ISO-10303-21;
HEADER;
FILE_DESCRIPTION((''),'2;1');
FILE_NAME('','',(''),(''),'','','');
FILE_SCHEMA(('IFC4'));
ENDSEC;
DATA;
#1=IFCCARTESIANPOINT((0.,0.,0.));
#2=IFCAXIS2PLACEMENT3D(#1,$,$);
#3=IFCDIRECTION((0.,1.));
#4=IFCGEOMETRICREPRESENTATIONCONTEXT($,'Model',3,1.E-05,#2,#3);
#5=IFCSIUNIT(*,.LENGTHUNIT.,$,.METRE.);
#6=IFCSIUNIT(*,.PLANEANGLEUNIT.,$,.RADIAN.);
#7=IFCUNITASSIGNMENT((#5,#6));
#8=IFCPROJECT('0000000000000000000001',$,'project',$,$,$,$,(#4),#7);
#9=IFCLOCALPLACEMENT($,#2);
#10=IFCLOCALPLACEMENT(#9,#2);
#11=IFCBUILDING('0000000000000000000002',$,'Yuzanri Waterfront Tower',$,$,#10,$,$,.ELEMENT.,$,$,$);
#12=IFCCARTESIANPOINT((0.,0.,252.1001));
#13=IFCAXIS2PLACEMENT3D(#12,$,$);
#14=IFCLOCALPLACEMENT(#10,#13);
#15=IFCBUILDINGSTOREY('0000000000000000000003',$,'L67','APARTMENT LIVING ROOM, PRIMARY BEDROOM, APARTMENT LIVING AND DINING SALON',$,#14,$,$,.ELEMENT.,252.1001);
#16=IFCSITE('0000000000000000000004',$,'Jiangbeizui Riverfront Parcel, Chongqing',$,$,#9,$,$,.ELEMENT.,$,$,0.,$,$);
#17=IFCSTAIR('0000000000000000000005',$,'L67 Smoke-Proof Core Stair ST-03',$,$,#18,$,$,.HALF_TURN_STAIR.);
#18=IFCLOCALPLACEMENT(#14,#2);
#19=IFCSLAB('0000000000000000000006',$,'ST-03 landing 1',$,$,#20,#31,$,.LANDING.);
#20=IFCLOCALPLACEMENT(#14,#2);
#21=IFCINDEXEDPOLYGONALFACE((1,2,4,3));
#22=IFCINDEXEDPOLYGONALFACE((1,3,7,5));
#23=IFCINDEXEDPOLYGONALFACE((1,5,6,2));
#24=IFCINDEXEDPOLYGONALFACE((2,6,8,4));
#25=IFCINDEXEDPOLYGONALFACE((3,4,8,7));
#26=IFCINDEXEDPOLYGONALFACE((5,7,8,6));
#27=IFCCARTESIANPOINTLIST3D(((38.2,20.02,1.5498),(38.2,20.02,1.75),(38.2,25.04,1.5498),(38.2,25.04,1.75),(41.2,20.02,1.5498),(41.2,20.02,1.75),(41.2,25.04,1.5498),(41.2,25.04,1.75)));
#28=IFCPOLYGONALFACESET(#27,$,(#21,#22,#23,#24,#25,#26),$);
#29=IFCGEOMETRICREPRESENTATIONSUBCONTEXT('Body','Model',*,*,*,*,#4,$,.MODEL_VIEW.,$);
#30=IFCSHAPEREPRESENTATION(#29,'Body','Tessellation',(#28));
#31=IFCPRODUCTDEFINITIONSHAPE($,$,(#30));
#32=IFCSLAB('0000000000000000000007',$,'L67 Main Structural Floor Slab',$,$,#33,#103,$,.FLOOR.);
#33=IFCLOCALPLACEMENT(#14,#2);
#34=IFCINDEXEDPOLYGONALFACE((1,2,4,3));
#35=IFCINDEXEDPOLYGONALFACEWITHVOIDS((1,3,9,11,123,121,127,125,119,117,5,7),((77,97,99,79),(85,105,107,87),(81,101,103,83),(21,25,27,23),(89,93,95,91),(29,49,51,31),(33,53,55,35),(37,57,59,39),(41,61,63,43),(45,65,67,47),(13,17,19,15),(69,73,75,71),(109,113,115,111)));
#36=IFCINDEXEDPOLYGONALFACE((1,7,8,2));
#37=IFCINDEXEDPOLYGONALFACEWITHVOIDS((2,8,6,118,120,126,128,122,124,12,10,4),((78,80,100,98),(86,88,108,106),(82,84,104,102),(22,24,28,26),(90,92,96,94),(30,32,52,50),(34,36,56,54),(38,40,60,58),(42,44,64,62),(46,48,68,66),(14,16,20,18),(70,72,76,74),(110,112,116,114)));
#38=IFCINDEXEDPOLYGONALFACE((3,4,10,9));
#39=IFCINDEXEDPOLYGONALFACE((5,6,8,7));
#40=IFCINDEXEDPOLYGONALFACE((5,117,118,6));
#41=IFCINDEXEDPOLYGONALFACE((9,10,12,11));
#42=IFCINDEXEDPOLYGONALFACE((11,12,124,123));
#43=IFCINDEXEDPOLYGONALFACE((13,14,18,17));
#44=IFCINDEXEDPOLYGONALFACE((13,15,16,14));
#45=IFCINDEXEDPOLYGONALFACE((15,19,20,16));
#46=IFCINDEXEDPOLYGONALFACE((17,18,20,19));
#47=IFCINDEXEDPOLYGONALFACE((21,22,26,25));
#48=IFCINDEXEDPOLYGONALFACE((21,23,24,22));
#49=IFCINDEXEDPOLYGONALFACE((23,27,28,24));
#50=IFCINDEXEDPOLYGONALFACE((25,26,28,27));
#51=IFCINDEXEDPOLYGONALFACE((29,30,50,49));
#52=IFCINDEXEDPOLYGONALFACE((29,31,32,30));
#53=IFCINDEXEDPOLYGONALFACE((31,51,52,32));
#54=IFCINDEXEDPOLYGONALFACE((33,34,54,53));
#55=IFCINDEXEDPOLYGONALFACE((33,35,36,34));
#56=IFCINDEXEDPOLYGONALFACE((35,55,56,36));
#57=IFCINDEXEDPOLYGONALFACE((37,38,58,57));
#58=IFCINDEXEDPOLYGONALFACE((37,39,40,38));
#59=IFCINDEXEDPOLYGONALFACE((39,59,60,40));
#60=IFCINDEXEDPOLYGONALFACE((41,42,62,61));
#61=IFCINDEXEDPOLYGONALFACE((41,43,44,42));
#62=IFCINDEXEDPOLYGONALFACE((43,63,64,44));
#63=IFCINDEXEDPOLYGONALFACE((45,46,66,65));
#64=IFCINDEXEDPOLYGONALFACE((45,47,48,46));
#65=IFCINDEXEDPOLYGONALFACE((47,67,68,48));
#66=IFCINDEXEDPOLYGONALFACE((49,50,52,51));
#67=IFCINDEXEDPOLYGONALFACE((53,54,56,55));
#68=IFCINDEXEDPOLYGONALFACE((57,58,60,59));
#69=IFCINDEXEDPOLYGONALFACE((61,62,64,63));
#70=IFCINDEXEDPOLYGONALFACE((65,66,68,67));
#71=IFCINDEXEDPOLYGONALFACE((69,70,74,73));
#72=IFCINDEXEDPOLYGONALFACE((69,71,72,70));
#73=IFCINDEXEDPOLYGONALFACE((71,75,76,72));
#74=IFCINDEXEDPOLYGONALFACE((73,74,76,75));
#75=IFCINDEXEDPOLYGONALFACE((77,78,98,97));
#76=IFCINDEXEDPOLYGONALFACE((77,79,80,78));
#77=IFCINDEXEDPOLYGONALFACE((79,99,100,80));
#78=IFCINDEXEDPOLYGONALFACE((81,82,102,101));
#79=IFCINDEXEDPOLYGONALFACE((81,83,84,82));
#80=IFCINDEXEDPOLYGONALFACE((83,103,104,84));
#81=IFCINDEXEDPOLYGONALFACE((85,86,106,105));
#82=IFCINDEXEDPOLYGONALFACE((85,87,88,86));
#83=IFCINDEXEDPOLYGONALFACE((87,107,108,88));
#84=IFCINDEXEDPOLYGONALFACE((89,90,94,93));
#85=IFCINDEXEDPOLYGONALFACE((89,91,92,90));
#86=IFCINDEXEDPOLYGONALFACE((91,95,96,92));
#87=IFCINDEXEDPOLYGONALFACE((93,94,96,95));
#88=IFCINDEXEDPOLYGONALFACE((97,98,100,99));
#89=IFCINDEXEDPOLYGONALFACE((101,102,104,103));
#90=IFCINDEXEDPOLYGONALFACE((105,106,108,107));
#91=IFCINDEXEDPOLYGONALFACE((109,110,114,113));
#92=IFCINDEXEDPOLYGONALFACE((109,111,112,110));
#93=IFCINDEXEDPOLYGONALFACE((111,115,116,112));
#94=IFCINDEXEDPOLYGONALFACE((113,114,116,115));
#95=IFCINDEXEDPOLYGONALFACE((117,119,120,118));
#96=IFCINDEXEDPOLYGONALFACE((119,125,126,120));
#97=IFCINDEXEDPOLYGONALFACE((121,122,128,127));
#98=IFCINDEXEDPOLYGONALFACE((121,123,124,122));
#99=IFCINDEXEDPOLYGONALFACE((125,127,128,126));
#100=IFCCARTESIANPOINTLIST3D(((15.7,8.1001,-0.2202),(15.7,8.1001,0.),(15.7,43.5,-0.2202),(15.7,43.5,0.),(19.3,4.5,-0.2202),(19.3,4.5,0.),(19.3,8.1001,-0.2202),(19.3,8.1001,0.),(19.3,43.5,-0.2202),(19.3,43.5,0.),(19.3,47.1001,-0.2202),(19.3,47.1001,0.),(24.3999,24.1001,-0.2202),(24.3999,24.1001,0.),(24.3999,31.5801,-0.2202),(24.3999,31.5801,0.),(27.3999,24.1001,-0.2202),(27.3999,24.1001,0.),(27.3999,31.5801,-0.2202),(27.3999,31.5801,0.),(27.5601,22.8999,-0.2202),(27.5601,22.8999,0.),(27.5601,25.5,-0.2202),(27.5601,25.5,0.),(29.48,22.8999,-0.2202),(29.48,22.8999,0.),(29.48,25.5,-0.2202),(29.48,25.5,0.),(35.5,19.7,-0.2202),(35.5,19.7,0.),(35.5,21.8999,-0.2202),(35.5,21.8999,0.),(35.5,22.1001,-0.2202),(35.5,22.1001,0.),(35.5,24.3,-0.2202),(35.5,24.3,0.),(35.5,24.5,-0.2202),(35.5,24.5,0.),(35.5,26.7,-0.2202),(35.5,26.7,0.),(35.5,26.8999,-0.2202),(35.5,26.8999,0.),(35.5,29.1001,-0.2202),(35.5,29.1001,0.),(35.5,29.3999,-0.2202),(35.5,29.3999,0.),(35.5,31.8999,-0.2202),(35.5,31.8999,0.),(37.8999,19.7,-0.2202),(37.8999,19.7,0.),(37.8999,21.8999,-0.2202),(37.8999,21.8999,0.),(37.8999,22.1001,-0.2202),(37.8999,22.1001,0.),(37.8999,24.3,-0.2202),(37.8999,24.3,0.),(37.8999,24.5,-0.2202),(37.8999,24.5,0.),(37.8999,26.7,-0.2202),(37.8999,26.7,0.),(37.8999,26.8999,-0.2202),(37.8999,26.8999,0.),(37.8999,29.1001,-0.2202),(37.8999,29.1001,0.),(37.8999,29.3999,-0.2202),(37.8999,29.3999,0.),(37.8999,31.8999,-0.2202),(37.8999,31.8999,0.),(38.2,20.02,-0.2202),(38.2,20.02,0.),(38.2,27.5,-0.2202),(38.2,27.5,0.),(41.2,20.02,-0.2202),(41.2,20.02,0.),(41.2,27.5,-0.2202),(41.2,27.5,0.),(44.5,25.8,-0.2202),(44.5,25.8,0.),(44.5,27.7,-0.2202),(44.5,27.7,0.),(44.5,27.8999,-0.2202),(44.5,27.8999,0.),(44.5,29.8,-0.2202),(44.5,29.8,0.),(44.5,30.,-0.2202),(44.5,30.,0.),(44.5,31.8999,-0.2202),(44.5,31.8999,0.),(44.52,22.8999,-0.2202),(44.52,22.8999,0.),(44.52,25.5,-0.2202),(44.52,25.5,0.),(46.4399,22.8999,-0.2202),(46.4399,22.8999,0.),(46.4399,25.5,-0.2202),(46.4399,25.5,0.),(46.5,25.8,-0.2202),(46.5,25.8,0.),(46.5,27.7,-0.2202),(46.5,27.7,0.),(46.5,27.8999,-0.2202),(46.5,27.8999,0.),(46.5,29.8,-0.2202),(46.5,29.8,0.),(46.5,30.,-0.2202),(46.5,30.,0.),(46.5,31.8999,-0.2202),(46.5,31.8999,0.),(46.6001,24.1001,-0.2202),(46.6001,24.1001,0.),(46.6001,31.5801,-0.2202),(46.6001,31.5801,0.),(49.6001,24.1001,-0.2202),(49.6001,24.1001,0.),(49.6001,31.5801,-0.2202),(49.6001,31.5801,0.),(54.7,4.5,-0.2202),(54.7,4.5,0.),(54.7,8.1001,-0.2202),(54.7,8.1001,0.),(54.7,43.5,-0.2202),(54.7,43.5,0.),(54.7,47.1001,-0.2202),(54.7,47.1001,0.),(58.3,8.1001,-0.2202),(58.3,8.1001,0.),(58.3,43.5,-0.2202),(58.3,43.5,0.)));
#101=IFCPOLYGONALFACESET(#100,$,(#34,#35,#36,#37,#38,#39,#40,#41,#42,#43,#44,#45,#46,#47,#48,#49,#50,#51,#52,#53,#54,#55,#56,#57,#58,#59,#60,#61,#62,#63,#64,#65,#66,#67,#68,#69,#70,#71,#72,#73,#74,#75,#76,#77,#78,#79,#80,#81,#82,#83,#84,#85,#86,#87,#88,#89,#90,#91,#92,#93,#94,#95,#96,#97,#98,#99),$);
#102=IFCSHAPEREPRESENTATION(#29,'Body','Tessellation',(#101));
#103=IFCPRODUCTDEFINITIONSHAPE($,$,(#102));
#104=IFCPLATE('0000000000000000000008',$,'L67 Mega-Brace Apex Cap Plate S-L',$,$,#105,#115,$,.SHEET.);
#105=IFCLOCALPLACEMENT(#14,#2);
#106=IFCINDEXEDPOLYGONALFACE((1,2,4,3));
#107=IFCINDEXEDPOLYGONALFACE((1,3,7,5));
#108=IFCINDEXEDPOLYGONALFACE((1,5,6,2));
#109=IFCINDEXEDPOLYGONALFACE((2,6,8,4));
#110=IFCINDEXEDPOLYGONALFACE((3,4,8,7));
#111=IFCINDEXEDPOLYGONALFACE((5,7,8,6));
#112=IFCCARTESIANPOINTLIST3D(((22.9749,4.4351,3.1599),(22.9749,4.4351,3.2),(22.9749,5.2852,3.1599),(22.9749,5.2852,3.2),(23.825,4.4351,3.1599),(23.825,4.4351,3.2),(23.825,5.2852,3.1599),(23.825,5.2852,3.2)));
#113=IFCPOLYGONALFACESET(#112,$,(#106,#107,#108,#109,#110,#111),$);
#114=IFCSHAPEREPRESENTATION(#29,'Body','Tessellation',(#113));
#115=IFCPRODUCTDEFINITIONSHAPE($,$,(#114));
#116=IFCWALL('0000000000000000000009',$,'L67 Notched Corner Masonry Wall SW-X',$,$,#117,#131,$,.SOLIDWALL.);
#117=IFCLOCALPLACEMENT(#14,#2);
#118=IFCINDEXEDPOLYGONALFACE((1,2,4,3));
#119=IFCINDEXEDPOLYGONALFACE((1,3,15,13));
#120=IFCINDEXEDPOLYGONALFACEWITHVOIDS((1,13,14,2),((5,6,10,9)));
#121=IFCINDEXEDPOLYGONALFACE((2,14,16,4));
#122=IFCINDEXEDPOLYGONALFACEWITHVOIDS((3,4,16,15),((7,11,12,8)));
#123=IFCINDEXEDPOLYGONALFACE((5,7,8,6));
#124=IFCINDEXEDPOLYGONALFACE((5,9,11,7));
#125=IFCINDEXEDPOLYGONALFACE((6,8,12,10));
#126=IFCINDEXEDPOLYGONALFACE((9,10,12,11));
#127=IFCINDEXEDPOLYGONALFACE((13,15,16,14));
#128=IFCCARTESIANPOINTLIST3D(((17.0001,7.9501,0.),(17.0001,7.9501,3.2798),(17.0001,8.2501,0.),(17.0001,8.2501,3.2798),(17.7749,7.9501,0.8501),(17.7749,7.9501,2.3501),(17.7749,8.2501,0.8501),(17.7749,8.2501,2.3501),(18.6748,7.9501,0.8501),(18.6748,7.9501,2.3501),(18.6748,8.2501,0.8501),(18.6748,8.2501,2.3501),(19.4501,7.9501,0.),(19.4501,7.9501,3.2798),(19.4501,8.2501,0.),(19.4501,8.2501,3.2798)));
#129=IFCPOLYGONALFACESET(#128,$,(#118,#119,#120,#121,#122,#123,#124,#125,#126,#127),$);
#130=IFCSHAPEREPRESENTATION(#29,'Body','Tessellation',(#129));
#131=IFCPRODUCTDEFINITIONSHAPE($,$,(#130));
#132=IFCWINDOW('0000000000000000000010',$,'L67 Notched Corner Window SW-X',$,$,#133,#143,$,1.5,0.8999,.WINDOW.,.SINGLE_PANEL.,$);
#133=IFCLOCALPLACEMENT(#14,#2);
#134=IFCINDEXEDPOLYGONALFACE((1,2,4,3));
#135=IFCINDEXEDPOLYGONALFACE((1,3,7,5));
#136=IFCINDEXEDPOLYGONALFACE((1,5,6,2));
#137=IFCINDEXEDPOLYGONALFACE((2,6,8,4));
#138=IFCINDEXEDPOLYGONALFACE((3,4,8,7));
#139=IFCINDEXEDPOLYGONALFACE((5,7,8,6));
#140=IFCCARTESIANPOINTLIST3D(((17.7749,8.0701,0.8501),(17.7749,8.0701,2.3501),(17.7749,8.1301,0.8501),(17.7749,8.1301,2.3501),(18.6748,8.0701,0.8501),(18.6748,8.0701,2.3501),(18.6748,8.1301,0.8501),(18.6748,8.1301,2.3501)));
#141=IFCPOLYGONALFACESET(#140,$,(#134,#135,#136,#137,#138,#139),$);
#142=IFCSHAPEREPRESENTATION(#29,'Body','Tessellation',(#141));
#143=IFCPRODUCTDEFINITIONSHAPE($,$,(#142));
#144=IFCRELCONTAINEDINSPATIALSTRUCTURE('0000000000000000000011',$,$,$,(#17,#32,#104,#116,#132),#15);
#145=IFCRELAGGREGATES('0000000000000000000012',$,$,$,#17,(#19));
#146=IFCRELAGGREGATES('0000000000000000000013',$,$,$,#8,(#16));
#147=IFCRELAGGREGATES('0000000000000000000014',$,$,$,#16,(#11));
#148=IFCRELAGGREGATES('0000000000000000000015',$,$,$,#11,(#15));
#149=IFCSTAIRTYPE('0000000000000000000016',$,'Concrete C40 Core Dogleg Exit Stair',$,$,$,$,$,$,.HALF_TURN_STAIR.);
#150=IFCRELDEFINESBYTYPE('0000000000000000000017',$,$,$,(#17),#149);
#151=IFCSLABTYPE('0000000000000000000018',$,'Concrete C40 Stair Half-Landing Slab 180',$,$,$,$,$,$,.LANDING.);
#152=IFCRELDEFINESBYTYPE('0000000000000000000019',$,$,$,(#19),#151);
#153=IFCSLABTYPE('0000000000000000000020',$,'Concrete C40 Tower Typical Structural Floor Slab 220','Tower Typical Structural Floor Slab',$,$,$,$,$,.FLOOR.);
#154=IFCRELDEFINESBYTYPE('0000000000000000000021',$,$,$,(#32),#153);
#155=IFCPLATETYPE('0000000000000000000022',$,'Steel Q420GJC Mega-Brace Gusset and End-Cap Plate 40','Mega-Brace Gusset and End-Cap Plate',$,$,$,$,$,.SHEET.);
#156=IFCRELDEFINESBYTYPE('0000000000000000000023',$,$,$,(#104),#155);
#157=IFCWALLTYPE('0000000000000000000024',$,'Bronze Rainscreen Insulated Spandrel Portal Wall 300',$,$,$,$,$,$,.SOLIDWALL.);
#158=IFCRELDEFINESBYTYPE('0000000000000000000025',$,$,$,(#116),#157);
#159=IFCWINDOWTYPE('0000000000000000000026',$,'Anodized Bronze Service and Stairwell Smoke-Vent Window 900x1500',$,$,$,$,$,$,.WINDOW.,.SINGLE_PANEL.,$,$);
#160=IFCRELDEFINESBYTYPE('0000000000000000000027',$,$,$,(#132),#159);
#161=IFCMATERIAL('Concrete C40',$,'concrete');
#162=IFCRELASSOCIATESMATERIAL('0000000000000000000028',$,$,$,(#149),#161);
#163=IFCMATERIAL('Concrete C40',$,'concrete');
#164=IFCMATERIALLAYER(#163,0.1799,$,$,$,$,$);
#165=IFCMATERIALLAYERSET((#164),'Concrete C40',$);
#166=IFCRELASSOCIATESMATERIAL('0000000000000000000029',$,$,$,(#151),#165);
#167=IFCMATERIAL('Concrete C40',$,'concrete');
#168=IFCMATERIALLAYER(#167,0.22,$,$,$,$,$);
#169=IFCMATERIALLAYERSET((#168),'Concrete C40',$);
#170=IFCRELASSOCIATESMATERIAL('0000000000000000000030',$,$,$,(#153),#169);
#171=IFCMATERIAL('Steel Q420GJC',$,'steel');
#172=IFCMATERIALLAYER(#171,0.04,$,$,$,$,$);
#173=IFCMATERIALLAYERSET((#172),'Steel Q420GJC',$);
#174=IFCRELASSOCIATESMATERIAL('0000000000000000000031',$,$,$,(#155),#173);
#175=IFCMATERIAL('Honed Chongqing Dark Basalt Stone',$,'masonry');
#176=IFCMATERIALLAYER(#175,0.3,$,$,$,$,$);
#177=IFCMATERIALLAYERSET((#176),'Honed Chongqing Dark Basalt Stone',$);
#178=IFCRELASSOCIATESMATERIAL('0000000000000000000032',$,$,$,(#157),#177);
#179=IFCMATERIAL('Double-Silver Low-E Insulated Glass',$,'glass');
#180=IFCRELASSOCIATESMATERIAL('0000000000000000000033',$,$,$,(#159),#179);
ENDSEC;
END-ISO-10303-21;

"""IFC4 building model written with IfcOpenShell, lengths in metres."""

from ifc_helpers import new_model, si_unit, direction, frame, frame_2d, origin, origin_2d, place, context, subcontext, project, spatial, polyline, rectangle, outline, extrude, source, transform, mapped, material, layer, layer_set, type_object, element, fill, aggregate, save


model = new_model("IFC4")

# Units and contexts
model_context = context("Model", 3, precision=1e-05, world=origin(), true_north=direction((0.0, 1.0)))
body_context = subcontext(model_context, "Body", "Model", "MODEL_VIEW")
ifc_project = project(units=[si_unit("LENGTHUNIT", "METRE"), si_unit("PLANEANGLEUNIT", "RADIAN")], contexts=[model_context])

# Site, building, storey
site_placement = place(None, origin())
site = spatial("IfcSite", under=ifc_project, at=site_placement, Name="Jiangbeizui Riverfront Parcel, Chongqing", CompositionType="ELEMENT", RefElevation=0.0)
building_placement = place(site_placement, origin())
building = spatial("IfcBuilding", under=site, at=building_placement, Name="Yuzanri Waterfront Tower", CompositionType="ELEMENT")
storey_placement = place(building_placement, frame((0.0, 0.0, 252.1001)))
storey = spatial("IfcBuildingStorey", under=building, at=storey_placement, Name="L67", Description="APARTMENT LIVING ROOM, PRIMARY BEDROOM, APARTMENT LIVING AND DINING SALON", CompositionType="ELEMENT", Elevation=252.1001)

# Stair, slab
ifc_material_1 = material(Name="Concrete C40", Category="concrete")
stair_type = type_object("IfcStairType", Name="Concrete C40 Core Dogleg Exit Stair", PredefinedType="HALF_TURN_STAIR", material=ifc_material_1)
ifc_material_2 = material(Name="Concrete C40", Category="concrete")
ifc_layer_1 = layer(ifc_material_2, 0.1799)
ifc_layer_set_1 = layer_set([ifc_layer_1], Name="Concrete C40")
slab_type_1 = type_object("IfcSlabType", Name="Concrete C40 Stair Half-Landing Slab 180", PredefinedType="LANDING", material=ifc_layer_set_1)
stair_1_placement = place(storey_placement, origin())
stair_1 = element("IfcStair", 1, at=stair_1_placement, inside=storey, type_object=stair_type, Name="L67 Smoke-Proof Core Stair ST-03", PredefinedType="HALF_TURN_STAIR")
slab_1_placement = place(storey_placement, frame((0.0, 0.0, 1.5498)))
slab_1 = element("IfcSlab", 2, at=slab_1_placement, type_object=slab_type_1, Name="ST-03 landing 1", PredefinedType="LANDING", context=body_context, shape_type="SweptSolid", body=[
    extrude(outline(polyline([(38.2, 25.04), (38.2, 20.02), (41.2, 20.02), (41.2, 25.04), (38.2, 25.04)])), origin(), (0.0, 0.0, 1.0), 0.2002),
])
aggregate(stair_1, [slab_1])

# Slab
ifc_material_3 = material(Name="Concrete C40", Category="concrete")
ifc_layer_2 = layer(ifc_material_3, 0.22)
ifc_layer_set_2 = layer_set([ifc_layer_2], Name="Concrete C40")
slab_type_2 = type_object("IfcSlabType", Name="Concrete C40 Tower Typical Structural Floor Slab 220", Description="Tower Typical Structural Floor Slab", PredefinedType="FLOOR", material=ifc_layer_set_2)
slab_2_placement = place(storey_placement, frame((0.0, 0.0, -0.2202)))
element("IfcSlab", 3, at=slab_2_placement, inside=storey, type_object=slab_type_2, Name="L67 Main Structural Floor Slab", PredefinedType="FLOOR", context=body_context, shape_type="SweptSolid", body=[
    extrude(outline(polyline([(19.3, 4.5), (54.7, 4.5), (54.7, 8.1001), (58.3, 8.1001), (58.3, 43.5), (54.7, 43.5), (54.7, 47.1001), (19.3, 47.1001), (19.3, 43.5), (15.7, 43.5), (15.7, 8.1001), (19.3, 8.1001), (19.3, 4.5)]), holes=[polyline([(27.3999, 24.1001), (27.3999, 31.5801), (24.3999, 31.5801), (24.3999, 24.1001), (27.3999, 24.1001)]), polyline([(49.6001, 24.1001), (49.6001, 31.5801), (46.6001, 31.5801), (46.6001, 24.1001), (49.6001, 24.1001)]), polyline([(38.2, 27.5), (38.2, 20.02), (41.2, 20.02), (41.2, 27.5), (38.2, 27.5)]), polyline([(27.5601, 22.8999), (29.48, 22.8999), (29.48, 25.5), (27.5601, 25.5), (27.5601, 22.8999)]), polyline([(44.52, 22.8999), (46.4399, 22.8999), (46.4399, 25.5), (44.52, 25.5), (44.52, 22.8999)]), polyline([(35.5, 19.7), (37.8999, 19.7), (37.8999, 21.8999), (35.5, 21.8999), (35.5, 19.7)]), polyline([(35.5, 22.1001), (37.8999, 22.1001), (37.8999, 24.3), (35.5, 24.3), (35.5, 22.1001)]), polyline([(35.5, 24.5), (37.8999, 24.5), (37.8999, 26.7), (35.5, 26.7), (35.5, 24.5)]), polyline([(35.5, 26.8999), (37.8999, 26.8999), (37.8999, 29.1001), (35.5, 29.1001), (35.5, 26.8999)]), polyline([(35.5, 29.3999), (37.8999, 29.3999), (37.8999, 31.8999), (35.5, 31.8999), (35.5, 29.3999)]), polyline([(44.5, 25.8), (46.5, 25.8), (46.5, 27.7), (44.5, 27.7), (44.5, 25.8)]), polyline([(44.5, 27.8999), (46.5, 27.8999), (46.5, 29.8), (44.5, 29.8), (44.5, 27.8999)]), polyline([(44.5, 30.0), (46.5, 30.0), (46.5, 31.8999), (44.5, 31.8999), (44.5, 30.0)])]), origin(), (0.0, 0.0, 1.0), 0.2202),
])

# Plate
ifc_material_4 = material(Name="Steel Q420GJC", Category="steel")
ifc_layer_3 = layer(ifc_material_4, 0.04)
ifc_layer_set_3 = layer_set([ifc_layer_3], Name="Steel Q420GJC")
plate_type = type_object("IfcPlateType", Name="Steel Q420GJC Mega-Brace Gusset and End-Cap Plate 40", Description="Mega-Brace Gusset and End-Cap Plate", PredefinedType="SHEET", material=ifc_layer_set_3)
shared_shape_1 = source(origin(), body_context, "Body", "SweptSolid", [
    extrude(rectangle(XDim=0.8501, YDim=0.8501, at=origin_2d()), origin(), (0.0, 0.0, 1.0), 0.04),
])
plate_placement = place(storey_placement, frame((23.3999, 4.8601, 3.1599), z_axis=(0.0, 0.0, 1.0), x_axis=(1.0, 0.0, 0.0)))
element("IfcPlate", 4, at=plate_placement, inside=storey, type_object=plate_type, Name="L67 Mega-Brace Apex Cap Plate S-L", PredefinedType="SHEET", context=body_context, shape_type="MappedRepresentation", body=[
    mapped(shared_shape_1, transform((0.0, 0.0, 0.0), scale=1.0)),
])

# Wall, opening, window
ifc_material_5 = material(Name="Honed Chongqing Dark Basalt Stone", Category="masonry")
ifc_layer_4 = layer(ifc_material_5, 0.3)
ifc_layer_set_4 = layer_set([ifc_layer_4], Name="Honed Chongqing Dark Basalt Stone")
wall_type_1 = type_object("IfcWallType", Name="Bronze Rainscreen Insulated Spandrel Portal Wall 300", PredefinedType="SOLIDWALL", material=ifc_layer_set_4)
wall_1_placement = place(storey_placement, frame((17.0, 8.1001, 0.0), z_axis=(0.0, 0.0, 1.0), x_axis=(1.0, 0.0, 0.0)))
wall_1 = element("IfcWall", 5, at=wall_1_placement, inside=storey, type_object=wall_type_1, Name="L67 Notched Corner Masonry Wall SW-X", PredefinedType="SOLIDWALL", context=body_context, shape_type="SweptSolid", body=[
    extrude(rectangle(XDim=2.45, YDim=0.3, at=frame_2d((1.2251, 0.0))), origin(), (0.0, 0.0, 1.0), 3.2798),
])
opening_1_placement = place(wall_1_placement, frame((0.7749, 0.0, 0.8501)))
opening_1 = element("IfcOpeningElement", 6, at=opening_1_placement, cuts=wall_1, PredefinedType="OPENING", context=body_context, shape_type="SweptSolid", body=[
    extrude(rectangle(XDim=0.8999, YDim=1.5, at=frame_2d((0.45, 0.75))), frame((0.0, 0.165, 0.0), z_axis=(0.0, -1.0, 0.0), x_axis=(1.0, 0.0, 0.0)), (0.0, 0.0, 1.0), 0.3298),
])
ifc_material_6 = material(Name="Double-Silver Low-E Insulated Glass", Category="glass")
window_type_1 = type_object("IfcWindowType", Name="Anodized Bronze Service and Stairwell Smoke-Vent Window 900x1500", PartitioningType="SINGLE_PANEL", PredefinedType="WINDOW", material=ifc_material_6)
shared_shape_2 = source(origin(), body_context, "Body", "SweptSolid", [
    extrude(rectangle(XDim=0.8999, YDim=1.5, at=frame_2d((0.45, 0.75))), frame((0.0, 0.03, 0.0), z_axis=(0.0, -1.0, 0.0), x_axis=(1.0, 0.0, 0.0)), (0.0, 0.0, 1.0), 0.0601),
])
window_1_placement = place(opening_1_placement, origin())
window_1 = element("IfcWindow", 7, at=window_1_placement, inside=storey, type_object=window_type_1, Name="L67 Notched Corner Window SW-X", OverallHeight=1.5, OverallWidth=0.8999, PartitioningType="SINGLE_PANEL", PredefinedType="WINDOW", context=body_context, shape_type="MappedRepresentation", body=[
    mapped(shared_shape_2, transform((0.0, 0.0, 0.0), scale=1.0)),
])
fill(opening_1, window_1)

save(model, "model.ifc")
